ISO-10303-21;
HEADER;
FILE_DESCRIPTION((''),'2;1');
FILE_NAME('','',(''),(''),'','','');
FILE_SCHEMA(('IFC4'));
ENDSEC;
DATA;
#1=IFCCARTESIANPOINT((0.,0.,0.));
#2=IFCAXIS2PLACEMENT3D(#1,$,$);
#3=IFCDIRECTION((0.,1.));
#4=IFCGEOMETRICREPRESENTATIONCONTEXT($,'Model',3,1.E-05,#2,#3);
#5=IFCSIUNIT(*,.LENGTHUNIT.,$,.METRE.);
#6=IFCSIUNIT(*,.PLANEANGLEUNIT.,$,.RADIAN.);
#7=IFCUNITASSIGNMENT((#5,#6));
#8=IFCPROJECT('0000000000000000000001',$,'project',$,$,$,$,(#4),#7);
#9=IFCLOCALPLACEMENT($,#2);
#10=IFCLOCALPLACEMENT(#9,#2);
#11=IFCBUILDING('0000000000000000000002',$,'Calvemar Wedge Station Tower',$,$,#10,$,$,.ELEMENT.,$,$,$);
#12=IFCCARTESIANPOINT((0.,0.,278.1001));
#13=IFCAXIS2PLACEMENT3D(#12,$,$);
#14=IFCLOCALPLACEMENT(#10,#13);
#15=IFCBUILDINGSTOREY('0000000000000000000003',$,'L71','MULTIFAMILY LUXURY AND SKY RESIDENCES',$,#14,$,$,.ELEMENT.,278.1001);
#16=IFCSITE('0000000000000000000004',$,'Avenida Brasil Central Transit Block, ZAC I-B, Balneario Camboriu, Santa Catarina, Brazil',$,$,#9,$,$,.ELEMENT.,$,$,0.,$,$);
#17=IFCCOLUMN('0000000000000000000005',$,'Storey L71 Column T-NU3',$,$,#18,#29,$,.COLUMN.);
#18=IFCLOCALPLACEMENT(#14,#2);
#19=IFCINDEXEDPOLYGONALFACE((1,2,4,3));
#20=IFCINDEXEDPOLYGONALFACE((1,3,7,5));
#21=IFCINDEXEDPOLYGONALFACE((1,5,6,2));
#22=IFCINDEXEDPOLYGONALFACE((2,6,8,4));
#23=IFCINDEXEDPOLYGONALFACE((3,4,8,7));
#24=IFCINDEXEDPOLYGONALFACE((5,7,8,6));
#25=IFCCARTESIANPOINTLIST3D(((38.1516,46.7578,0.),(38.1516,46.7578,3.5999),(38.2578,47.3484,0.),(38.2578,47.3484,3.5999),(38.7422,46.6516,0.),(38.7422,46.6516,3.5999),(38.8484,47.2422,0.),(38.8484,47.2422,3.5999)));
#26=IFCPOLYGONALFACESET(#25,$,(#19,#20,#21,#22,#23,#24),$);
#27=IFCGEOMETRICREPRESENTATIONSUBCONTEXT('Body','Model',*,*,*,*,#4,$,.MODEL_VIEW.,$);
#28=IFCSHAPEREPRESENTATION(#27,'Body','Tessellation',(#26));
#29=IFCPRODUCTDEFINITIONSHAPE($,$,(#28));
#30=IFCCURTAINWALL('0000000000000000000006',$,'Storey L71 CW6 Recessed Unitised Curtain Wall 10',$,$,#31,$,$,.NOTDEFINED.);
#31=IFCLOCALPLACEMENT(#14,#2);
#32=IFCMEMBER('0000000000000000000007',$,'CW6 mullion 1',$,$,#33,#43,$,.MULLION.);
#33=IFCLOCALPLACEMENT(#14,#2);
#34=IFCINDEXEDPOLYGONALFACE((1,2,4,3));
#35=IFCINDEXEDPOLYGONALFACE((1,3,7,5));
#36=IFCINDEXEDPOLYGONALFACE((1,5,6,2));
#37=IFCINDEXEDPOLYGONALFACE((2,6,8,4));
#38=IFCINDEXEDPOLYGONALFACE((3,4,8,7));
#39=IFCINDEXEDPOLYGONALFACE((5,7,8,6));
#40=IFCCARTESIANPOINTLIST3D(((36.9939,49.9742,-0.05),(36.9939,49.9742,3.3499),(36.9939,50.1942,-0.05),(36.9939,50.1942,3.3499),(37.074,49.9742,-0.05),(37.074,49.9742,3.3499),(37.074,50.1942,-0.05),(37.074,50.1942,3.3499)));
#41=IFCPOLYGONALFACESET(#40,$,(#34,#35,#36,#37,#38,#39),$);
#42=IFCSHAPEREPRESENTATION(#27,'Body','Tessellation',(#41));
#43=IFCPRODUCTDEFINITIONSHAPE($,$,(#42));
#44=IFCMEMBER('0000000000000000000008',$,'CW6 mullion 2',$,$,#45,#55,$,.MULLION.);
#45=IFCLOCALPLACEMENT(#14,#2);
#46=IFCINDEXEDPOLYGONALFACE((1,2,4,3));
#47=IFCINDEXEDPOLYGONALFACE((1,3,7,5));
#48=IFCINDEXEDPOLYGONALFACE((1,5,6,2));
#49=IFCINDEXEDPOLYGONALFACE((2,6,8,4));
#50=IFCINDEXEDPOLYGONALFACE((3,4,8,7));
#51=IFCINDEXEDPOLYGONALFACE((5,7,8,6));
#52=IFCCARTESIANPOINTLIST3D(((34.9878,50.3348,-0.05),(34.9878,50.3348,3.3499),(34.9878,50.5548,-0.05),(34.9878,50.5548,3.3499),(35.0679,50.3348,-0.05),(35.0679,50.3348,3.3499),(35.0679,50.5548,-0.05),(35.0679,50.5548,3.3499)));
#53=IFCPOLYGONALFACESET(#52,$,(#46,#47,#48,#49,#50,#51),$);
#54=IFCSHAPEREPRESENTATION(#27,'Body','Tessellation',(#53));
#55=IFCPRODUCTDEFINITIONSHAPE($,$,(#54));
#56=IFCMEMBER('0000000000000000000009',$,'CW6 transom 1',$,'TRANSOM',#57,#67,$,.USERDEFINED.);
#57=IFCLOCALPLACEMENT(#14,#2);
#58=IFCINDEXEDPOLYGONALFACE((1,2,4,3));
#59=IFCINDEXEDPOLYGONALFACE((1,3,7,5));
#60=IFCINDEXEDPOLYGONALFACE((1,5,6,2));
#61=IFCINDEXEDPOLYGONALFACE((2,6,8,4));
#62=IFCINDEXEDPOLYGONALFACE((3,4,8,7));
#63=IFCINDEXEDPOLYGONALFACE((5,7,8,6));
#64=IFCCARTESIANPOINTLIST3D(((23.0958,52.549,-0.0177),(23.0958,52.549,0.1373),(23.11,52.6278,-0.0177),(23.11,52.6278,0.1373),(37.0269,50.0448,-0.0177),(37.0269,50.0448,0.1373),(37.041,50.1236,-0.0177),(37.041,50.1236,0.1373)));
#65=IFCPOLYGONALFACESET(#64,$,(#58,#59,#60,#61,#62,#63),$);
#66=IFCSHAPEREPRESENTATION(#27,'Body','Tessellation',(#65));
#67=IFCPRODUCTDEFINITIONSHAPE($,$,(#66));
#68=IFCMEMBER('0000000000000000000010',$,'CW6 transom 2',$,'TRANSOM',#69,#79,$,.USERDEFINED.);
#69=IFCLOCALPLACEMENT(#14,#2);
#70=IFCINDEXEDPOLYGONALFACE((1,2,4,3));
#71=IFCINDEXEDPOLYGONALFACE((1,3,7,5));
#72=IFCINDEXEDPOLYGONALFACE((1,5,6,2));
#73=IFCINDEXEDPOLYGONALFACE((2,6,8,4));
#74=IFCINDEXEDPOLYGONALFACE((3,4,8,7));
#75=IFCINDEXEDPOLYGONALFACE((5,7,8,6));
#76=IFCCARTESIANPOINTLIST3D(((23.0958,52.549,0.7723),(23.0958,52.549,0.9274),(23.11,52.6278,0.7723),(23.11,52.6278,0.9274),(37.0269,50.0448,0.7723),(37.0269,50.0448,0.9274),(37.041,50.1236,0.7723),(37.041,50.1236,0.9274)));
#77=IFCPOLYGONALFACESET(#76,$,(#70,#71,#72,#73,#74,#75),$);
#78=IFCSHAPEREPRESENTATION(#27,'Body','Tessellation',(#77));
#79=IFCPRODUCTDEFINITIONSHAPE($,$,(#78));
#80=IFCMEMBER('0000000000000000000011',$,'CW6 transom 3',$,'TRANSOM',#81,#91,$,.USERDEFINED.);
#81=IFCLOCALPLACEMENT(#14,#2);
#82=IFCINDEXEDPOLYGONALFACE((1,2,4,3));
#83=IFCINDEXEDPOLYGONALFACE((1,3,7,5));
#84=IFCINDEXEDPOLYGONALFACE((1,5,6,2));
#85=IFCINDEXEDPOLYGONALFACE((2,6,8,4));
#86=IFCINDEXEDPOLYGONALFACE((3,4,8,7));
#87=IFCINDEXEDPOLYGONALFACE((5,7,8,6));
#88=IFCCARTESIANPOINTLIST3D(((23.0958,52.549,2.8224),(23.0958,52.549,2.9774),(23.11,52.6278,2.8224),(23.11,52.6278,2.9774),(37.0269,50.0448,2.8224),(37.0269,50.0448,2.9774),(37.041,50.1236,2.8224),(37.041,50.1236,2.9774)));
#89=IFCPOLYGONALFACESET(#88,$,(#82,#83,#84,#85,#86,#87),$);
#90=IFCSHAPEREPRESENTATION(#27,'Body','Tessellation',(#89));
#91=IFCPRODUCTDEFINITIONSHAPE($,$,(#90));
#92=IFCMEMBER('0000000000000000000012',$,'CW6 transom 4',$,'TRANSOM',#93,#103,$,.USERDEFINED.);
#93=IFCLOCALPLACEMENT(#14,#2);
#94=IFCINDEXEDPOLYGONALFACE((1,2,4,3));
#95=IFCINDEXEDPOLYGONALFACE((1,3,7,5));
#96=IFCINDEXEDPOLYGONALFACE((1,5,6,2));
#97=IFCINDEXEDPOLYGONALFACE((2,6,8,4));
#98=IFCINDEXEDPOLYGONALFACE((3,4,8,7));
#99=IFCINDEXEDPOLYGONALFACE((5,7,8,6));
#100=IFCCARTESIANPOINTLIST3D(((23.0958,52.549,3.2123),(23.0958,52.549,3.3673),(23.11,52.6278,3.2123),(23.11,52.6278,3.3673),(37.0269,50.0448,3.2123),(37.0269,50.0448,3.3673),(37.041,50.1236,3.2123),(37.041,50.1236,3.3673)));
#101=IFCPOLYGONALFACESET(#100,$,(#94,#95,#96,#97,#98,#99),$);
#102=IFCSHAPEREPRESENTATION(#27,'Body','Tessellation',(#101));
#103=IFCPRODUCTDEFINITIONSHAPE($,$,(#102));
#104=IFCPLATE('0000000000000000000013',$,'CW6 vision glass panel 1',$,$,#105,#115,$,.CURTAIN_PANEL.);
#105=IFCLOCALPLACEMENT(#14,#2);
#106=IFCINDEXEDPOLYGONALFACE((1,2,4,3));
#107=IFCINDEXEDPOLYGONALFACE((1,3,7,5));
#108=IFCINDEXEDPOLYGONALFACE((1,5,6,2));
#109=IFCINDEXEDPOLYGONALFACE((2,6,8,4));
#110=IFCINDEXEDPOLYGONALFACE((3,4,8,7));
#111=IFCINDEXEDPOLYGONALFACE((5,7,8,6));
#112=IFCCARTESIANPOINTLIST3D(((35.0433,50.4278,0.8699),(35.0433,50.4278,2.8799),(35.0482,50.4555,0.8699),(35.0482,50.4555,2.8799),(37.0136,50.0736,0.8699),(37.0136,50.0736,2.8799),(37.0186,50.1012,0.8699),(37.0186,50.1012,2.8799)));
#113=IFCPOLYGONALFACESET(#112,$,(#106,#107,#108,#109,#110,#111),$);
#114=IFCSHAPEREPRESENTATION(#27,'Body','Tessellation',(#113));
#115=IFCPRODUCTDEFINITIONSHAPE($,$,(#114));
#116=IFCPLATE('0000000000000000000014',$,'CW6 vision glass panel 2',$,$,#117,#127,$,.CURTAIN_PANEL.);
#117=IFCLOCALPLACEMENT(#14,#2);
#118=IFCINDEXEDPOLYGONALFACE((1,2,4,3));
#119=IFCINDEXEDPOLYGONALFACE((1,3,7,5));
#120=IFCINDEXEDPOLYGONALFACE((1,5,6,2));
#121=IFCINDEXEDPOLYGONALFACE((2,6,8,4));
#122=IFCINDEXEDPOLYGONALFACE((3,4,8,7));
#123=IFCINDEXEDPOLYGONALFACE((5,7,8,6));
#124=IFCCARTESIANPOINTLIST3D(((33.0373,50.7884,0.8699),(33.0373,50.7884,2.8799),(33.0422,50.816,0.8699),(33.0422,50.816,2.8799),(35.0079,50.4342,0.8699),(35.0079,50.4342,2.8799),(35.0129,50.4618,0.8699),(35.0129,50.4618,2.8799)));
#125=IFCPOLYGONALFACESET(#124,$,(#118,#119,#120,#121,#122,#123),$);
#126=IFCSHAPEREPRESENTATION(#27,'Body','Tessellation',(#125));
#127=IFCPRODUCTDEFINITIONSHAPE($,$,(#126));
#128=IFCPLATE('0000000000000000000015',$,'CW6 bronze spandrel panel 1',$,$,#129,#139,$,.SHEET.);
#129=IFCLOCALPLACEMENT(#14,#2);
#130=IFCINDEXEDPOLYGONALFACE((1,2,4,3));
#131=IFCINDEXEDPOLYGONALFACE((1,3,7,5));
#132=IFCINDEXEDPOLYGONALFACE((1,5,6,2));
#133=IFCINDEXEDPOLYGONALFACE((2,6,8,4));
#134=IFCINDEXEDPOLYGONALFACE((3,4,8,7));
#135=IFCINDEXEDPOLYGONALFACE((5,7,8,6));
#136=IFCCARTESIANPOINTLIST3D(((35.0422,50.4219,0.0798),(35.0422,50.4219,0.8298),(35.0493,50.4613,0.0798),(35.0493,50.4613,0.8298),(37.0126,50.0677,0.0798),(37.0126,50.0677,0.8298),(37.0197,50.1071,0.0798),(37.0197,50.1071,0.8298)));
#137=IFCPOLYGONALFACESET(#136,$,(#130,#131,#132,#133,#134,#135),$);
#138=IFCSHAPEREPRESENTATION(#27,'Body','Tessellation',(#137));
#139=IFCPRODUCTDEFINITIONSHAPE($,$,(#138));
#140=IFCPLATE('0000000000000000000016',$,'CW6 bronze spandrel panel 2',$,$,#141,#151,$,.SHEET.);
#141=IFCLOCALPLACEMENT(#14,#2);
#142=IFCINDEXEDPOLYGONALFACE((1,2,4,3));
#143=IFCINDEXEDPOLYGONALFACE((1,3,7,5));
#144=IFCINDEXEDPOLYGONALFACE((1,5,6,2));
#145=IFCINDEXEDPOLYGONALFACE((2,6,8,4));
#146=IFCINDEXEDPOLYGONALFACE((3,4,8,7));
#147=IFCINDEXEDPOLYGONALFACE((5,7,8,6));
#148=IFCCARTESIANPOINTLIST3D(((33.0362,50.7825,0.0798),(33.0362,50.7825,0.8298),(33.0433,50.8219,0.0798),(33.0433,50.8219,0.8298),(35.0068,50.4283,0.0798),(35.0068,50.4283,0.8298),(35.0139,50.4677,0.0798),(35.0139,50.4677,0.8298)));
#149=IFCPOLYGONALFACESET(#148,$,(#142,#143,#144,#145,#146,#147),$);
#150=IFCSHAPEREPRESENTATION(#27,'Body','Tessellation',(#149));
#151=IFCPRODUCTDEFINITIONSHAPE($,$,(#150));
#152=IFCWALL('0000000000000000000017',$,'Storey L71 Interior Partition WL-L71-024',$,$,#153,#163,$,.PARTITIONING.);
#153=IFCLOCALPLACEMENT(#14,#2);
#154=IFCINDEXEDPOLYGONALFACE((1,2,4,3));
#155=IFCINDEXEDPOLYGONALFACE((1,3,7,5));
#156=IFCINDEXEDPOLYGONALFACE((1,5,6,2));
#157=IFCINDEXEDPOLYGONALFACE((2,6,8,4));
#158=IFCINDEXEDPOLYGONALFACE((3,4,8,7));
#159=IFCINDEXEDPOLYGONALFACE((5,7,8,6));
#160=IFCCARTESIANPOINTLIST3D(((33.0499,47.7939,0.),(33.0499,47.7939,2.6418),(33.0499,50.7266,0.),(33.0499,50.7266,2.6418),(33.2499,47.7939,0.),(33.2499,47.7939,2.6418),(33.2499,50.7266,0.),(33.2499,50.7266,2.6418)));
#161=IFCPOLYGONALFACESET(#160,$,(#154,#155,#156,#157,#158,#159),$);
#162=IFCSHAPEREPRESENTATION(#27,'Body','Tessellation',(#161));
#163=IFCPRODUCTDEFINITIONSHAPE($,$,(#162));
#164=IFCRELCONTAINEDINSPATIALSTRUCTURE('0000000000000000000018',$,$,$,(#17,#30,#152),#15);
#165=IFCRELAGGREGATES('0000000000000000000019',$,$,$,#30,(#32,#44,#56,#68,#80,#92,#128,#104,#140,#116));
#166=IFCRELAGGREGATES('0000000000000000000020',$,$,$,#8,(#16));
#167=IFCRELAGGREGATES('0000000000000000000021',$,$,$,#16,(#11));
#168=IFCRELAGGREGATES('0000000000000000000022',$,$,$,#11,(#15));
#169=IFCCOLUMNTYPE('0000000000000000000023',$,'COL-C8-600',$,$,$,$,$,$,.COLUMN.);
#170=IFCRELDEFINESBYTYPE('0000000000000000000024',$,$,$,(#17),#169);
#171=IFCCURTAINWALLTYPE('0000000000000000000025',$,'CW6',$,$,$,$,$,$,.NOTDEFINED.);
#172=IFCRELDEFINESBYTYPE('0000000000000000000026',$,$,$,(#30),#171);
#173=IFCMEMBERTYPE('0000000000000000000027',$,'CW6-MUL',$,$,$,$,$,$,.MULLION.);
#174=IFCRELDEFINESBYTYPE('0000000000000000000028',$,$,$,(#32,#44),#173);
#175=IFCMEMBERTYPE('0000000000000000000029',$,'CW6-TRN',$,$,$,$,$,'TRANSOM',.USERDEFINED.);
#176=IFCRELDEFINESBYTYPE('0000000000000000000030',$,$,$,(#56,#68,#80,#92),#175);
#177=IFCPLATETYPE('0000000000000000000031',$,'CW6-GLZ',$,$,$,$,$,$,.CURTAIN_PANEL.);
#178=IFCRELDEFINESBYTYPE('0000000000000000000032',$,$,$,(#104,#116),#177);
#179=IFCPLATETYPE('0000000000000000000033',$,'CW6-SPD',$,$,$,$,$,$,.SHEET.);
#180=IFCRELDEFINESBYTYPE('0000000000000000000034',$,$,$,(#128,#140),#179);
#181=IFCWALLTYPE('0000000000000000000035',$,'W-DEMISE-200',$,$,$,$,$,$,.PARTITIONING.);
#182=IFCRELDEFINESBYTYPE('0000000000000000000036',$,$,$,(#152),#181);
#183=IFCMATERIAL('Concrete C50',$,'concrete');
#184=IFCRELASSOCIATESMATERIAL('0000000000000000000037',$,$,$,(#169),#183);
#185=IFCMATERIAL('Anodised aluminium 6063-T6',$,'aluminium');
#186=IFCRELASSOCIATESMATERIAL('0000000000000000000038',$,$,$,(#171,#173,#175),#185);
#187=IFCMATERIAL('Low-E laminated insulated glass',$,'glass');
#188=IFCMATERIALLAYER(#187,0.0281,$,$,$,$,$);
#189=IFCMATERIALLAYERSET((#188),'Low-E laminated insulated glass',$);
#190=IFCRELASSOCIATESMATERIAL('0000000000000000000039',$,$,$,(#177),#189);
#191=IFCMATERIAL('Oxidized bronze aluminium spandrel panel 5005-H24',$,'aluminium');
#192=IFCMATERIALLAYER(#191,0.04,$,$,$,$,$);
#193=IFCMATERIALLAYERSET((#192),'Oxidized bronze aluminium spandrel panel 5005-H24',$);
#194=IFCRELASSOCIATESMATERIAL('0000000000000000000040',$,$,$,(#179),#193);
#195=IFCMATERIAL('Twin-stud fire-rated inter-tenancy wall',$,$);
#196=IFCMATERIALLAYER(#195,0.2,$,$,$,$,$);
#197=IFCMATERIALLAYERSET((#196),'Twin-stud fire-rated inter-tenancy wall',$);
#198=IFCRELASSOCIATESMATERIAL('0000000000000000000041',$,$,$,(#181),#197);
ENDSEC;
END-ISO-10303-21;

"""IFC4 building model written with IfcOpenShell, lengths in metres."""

from ifc_helpers import new_model, si_unit, direction, frame, frame_2d, origin, origin_2d, place, context, subcontext, project, spatial, rectangle, extrude, source, transform, mapped, material, layer, layer_set, material_profile, profile_set, type_object, element, aggregate, save


model = new_model("IFC4")

# Units and contexts
model_context = context("Model", 3, precision=1e-05, world=origin(), true_north=direction((0.0, 1.0)))
body_context = subcontext(model_context, "Body", "Model", "MODEL_VIEW")
ifc_project = project(units=[si_unit("LENGTHUNIT", "METRE"), si_unit("PLANEANGLEUNIT", "RADIAN")], contexts=[model_context])

# Site, building, storey
site_placement = place(None, origin())
site = spatial("IfcSite", under=ifc_project, at=site_placement, Name="Avenida Brasil Central Transit Block, ZAC I-B, Balneario Camboriu, Santa Catarina, Brazil", CompositionType="ELEMENT", RefElevation=0.0)
building_placement = place(site_placement, origin())
building = spatial("IfcBuilding", under=site, at=building_placement, Name="Calvemar Wedge Station Tower", CompositionType="ELEMENT")
storey_placement = place(building_placement, frame((0.0, 0.0, 278.1001)))
storey = spatial("IfcBuildingStorey", under=building, at=storey_placement, Name="L71", Description="MULTIFAMILY LUXURY AND SKY RESIDENCES", CompositionType="ELEMENT", Elevation=278.1001)

# Column
ifc_material_1 = material(Name="Concrete C50", Category="concrete")
ifc_material_profile_1 = material_profile(ifc_material_1, rectangle(XDim=0.6001, YDim=0.6001, at=origin_2d()), Name="RC600x600")
ifc_profile_set_1 = profile_set([ifc_material_profile_1], Name="Concrete C50")
column_type = type_object("IfcColumnType", Name="COL-C8-600", PredefinedType="COLUMN", material=ifc_profile_set_1)
shared_shape_1 = source(origin(), body_context, "Body", "SweptSolid", [
    extrude(rectangle(XDim=0.6001, YDim=0.6001, at=origin_2d()), origin(), (0.0, 0.0, 1.0), 3.5999),
])
column_placement = place(storey_placement, frame((38.5, 47.0, 0.0), z_axis=(0.0, 0.0, 1.0), x_axis=(0.984196, -0.177085, 0.0)))
element("IfcColumn", 1, at=column_placement, inside=storey, type_object=column_type, Name="Storey L71 Column T-NU3", PredefinedType="COLUMN", context=body_context, shape_type="MappedRepresentation", body=[
    mapped(shared_shape_1, transform((0.0, 0.0, 0.0), scale=1.0)),
])

# Curtain wall, members, plates
ifc_material_2 = material(Name="Anodised aluminium 6063-T6", Category="aluminium")
curtain_wall_type = type_object("IfcCurtainWallType", Name="CW6", PredefinedType="NOTDEFINED", material=ifc_material_2)
curtain_wall_placement = place(storey_placement, origin())
curtain_wall = element("IfcCurtainWall", 2, at=curtain_wall_placement, inside=storey, type_object=curtain_wall_type, Name="Storey L71 CW6 Recessed Unitised Curtain Wall 10", PredefinedType="NOTDEFINED")
ifc_material_profile_2 = material_profile(ifc_material_2, rectangle(XDim=0.0801, YDim=0.22, at=origin_2d()), Name="AL-MUL-80x220")
ifc_profile_set_2 = profile_set([ifc_material_profile_2], Name="Anodised aluminium 6063-T6")
member_type_1 = type_object("IfcMemberType", Name="CW6-MUL", PredefinedType="MULLION", material=ifc_profile_set_2)
shared_shape_2 = source(origin(), body_context, "Body", "SweptSolid", [
    extrude(rectangle(XDim=0.0801, YDim=0.22, at=origin_2d()), origin(), (0.0, 0.0, 1.0), 3.3999),
])
member_1_placement = place(storey_placement, frame((37.0339, 50.0842, -0.05), z_axis=(0.0, 0.0, 1.0), x_axis=(1.0, 0.0, 0.0)))
member_1 = element("IfcMember", 3, at=member_1_placement, type_object=member_type_1, Name="CW6 mullion 1", PredefinedType="MULLION", context=body_context, shape_type="MappedRepresentation", body=[
    mapped(shared_shape_2, transform((0.0, 0.0, 0.0), scale=1.0)),
])
member_2_placement = place(storey_placement, frame((35.0278, 50.4448, -0.05), z_axis=(0.0, 0.0, 1.0), x_axis=(1.0, 0.0, 0.0)))
member_2 = element("IfcMember", 4, at=member_2_placement, type_object=member_type_1, Name="CW6 mullion 2", PredefinedType="MULLION", context=body_context, shape_type="MappedRepresentation", body=[
    mapped(shared_shape_2, transform((0.0, 0.0, 0.0), scale=1.0)),
])
ifc_material_profile_3 = material_profile(ifc_material_2, rectangle(XDim=0.0801, YDim=0.155, at=origin_2d()), Name="AL-TRN-80x155")
ifc_profile_set_3 = profile_set([ifc_material_profile_3], Name="Anodised aluminium 6063-T6")
member_type_2 = type_object("IfcMemberType", Name="CW6-TRN", ElementType="TRANSOM", PredefinedType="USERDEFINED", material=ifc_profile_set_3)
shared_shape_3 = source(origin(), body_context, "Body", "SweptSolid", [
    extrude(rectangle(XDim=0.0801, YDim=0.155, at=origin_2d()), origin(), (0.0, 0.0, 1.0), 14.1543),
])
member_3_placement = place(storey_placement, frame((37.0339, 50.0842, 0.0598), z_axis=(-0.984225, 0.176919, 0.0), x_axis=(-0.176919, -0.984225, 0.0)))
member_3 = element("IfcMember", 5, at=member_3_placement, type_object=member_type_2, Name="CW6 transom 1", ObjectType="TRANSOM", PredefinedType="USERDEFINED", context=body_context, shape_type="MappedRepresentation", body=[
    mapped(shared_shape_3, transform((0.0, 0.0, 0.0), scale=1.0)),
])
member_4_placement = place(storey_placement, frame((37.0339, 50.0842, 0.8499), z_axis=(-0.984225, 0.176919, 0.0), x_axis=(-0.176919, -0.984225, 0.0)))
member_4 = element("IfcMember", 6, at=member_4_placement, type_object=member_type_2, Name="CW6 transom 2", ObjectType="TRANSOM", PredefinedType="USERDEFINED", context=body_context, shape_type="MappedRepresentation", body=[
    mapped(shared_shape_3, transform((0.0, 0.0, 0.0), scale=1.0)),
])
member_5_placement = place(storey_placement, frame((37.0339, 50.0842, 2.8999), z_axis=(-0.984225, 0.176919, 0.0), x_axis=(-0.176919, -0.984225, 0.0)))
member_5 = element("IfcMember", 7, at=member_5_placement, type_object=member_type_2, Name="CW6 transom 3", ObjectType="TRANSOM", PredefinedType="USERDEFINED", context=body_context, shape_type="MappedRepresentation", body=[
    mapped(shared_shape_3, transform((0.0, 0.0, 0.0), scale=1.0)),
])
member_6_placement = place(storey_placement, frame((37.0339, 50.0842, 3.2898), z_axis=(-0.984225, 0.176919, 0.0), x_axis=(-0.176919, -0.984225, 0.0)))
member_6 = element("IfcMember", 8, at=member_6_placement, type_object=member_type_2, Name="CW6 transom 4", ObjectType="TRANSOM", PredefinedType="USERDEFINED", context=body_context, shape_type="MappedRepresentation", body=[
    mapped(shared_shape_3, transform((0.0, 0.0, 0.0), scale=1.0)),
])
ifc_material_3 = material(Name="Low-E laminated insulated glass", Category="glass")
ifc_layer_1 = layer(ifc_material_3, 0.0281)
ifc_layer_set_1 = layer_set([ifc_layer_1], Name="Low-E laminated insulated glass")
plate_type_1 = type_object("IfcPlateType", Name="CW6-GLZ", PredefinedType="CURTAIN_PANEL", material=ifc_layer_set_1)
plate_1_placement = place(storey_placement, frame((37.0161, 50.0874, 0.8699), z_axis=(0.0, 0.0, 1.0), x_axis=(-0.984221, 0.176943, 0.0)))
plate_1 = element("IfcPlate", 9, at=plate_1_placement, type_object=plate_type_1, Name="CW6 vision glass panel 1", PredefinedType="CURTAIN_PANEL", context=body_context, shape_type="SweptSolid", body=[
    extrude(rectangle(XDim=2.002, YDim=0.0281, at=frame_2d((1.001, 0.0))), origin(), (0.0, 0.0, 1.0), 2.01),
])
plate_2_placement = place(storey_placement, frame((35.0103, 50.448, 0.8699), z_axis=(0.0, 0.0, 1.0), x_axis=(-0.984225, 0.176922, 0.0)))
plate_2 = element("IfcPlate", 10, at=plate_2_placement, type_object=plate_type_1, Name="CW6 vision glass panel 2", PredefinedType="CURTAIN_PANEL", context=body_context, shape_type="SweptSolid", body=[
    extrude(rectangle(XDim=2.0022, YDim=0.0281, at=frame_2d((1.001, 0.0))), origin(), (0.0, 0.0, 1.0), 2.01),
])
ifc_material_4 = material(Name="Oxidized bronze aluminium spandrel panel 5005-H24", Category="aluminium")
ifc_layer_2 = layer(ifc_material_4, 0.04)
ifc_layer_set_2 = layer_set([ifc_layer_2], Name="Oxidized bronze aluminium spandrel panel 5005-H24")
plate_type_2 = type_object("IfcPlateType", Name="CW6-SPD", PredefinedType="SHEET", material=ifc_layer_set_2)
plate_3_placement = place(storey_placement, frame((37.0161, 50.0874, 0.0798), z_axis=(0.0, 0.0, 1.0), x_axis=(-0.984221, 0.176943, 0.0)))
plate_3 = element("IfcPlate", 11, at=plate_3_placement, type_object=plate_type_2, Name="CW6 bronze spandrel panel 1", PredefinedType="SHEET", context=body_context, shape_type="SweptSolid", body=[
    extrude(rectangle(XDim=2.002, YDim=0.04, at=frame_2d((1.001, 0.0))), origin(), (0.0, 0.0, 1.0), 0.75),
])
plate_4_placement = place(storey_placement, frame((35.0103, 50.448, 0.0798), z_axis=(0.0, 0.0, 1.0), x_axis=(-0.984225, 0.176922, 0.0)))
plate_4 = element("IfcPlate", 12, at=plate_4_placement, type_object=plate_type_2, Name="CW6 bronze spandrel panel 2", PredefinedType="SHEET", context=body_context, shape_type="SweptSolid", body=[
    extrude(rectangle(XDim=2.0022, YDim=0.04, at=frame_2d((1.001, 0.0))), origin(), (0.0, 0.0, 1.0), 0.75),
])
aggregate(curtain_wall, [member_1, member_2, member_3, member_4, member_5, member_6, plate_3, plate_1, plate_4, plate_2])

# Wall
ifc_material_5 = material(Name="Twin-stud fire-rated inter-tenancy wall")
ifc_layer_3 = layer(ifc_material_5, 0.2)
ifc_layer_set_3 = layer_set([ifc_layer_3], Name="Twin-stud fire-rated inter-tenancy wall")
wall_type_1 = type_object("IfcWallType", Name="W-DEMISE-200", PredefinedType="PARTITIONING", material=ifc_layer_set_3)
wall_1_placement = place(storey_placement, frame((33.1499, 50.7266, 0.0), z_axis=(0.0, 0.0, 1.0), x_axis=(0.0, -1.0, 0.0)))
element("IfcWall", 13, at=wall_1_placement, inside=storey, type_object=wall_type_1, Name="Storey L71 Interior Partition WL-L71-024", PredefinedType="PARTITIONING", context=body_context, shape_type="SweptSolid", body=[
    extrude(rectangle(XDim=2.9326, YDim=0.2, at=frame_2d((1.4663, 0.0))), origin(), (0.0, 0.0, 1.0), 2.6418),
])

save(model, "model.ifc")
